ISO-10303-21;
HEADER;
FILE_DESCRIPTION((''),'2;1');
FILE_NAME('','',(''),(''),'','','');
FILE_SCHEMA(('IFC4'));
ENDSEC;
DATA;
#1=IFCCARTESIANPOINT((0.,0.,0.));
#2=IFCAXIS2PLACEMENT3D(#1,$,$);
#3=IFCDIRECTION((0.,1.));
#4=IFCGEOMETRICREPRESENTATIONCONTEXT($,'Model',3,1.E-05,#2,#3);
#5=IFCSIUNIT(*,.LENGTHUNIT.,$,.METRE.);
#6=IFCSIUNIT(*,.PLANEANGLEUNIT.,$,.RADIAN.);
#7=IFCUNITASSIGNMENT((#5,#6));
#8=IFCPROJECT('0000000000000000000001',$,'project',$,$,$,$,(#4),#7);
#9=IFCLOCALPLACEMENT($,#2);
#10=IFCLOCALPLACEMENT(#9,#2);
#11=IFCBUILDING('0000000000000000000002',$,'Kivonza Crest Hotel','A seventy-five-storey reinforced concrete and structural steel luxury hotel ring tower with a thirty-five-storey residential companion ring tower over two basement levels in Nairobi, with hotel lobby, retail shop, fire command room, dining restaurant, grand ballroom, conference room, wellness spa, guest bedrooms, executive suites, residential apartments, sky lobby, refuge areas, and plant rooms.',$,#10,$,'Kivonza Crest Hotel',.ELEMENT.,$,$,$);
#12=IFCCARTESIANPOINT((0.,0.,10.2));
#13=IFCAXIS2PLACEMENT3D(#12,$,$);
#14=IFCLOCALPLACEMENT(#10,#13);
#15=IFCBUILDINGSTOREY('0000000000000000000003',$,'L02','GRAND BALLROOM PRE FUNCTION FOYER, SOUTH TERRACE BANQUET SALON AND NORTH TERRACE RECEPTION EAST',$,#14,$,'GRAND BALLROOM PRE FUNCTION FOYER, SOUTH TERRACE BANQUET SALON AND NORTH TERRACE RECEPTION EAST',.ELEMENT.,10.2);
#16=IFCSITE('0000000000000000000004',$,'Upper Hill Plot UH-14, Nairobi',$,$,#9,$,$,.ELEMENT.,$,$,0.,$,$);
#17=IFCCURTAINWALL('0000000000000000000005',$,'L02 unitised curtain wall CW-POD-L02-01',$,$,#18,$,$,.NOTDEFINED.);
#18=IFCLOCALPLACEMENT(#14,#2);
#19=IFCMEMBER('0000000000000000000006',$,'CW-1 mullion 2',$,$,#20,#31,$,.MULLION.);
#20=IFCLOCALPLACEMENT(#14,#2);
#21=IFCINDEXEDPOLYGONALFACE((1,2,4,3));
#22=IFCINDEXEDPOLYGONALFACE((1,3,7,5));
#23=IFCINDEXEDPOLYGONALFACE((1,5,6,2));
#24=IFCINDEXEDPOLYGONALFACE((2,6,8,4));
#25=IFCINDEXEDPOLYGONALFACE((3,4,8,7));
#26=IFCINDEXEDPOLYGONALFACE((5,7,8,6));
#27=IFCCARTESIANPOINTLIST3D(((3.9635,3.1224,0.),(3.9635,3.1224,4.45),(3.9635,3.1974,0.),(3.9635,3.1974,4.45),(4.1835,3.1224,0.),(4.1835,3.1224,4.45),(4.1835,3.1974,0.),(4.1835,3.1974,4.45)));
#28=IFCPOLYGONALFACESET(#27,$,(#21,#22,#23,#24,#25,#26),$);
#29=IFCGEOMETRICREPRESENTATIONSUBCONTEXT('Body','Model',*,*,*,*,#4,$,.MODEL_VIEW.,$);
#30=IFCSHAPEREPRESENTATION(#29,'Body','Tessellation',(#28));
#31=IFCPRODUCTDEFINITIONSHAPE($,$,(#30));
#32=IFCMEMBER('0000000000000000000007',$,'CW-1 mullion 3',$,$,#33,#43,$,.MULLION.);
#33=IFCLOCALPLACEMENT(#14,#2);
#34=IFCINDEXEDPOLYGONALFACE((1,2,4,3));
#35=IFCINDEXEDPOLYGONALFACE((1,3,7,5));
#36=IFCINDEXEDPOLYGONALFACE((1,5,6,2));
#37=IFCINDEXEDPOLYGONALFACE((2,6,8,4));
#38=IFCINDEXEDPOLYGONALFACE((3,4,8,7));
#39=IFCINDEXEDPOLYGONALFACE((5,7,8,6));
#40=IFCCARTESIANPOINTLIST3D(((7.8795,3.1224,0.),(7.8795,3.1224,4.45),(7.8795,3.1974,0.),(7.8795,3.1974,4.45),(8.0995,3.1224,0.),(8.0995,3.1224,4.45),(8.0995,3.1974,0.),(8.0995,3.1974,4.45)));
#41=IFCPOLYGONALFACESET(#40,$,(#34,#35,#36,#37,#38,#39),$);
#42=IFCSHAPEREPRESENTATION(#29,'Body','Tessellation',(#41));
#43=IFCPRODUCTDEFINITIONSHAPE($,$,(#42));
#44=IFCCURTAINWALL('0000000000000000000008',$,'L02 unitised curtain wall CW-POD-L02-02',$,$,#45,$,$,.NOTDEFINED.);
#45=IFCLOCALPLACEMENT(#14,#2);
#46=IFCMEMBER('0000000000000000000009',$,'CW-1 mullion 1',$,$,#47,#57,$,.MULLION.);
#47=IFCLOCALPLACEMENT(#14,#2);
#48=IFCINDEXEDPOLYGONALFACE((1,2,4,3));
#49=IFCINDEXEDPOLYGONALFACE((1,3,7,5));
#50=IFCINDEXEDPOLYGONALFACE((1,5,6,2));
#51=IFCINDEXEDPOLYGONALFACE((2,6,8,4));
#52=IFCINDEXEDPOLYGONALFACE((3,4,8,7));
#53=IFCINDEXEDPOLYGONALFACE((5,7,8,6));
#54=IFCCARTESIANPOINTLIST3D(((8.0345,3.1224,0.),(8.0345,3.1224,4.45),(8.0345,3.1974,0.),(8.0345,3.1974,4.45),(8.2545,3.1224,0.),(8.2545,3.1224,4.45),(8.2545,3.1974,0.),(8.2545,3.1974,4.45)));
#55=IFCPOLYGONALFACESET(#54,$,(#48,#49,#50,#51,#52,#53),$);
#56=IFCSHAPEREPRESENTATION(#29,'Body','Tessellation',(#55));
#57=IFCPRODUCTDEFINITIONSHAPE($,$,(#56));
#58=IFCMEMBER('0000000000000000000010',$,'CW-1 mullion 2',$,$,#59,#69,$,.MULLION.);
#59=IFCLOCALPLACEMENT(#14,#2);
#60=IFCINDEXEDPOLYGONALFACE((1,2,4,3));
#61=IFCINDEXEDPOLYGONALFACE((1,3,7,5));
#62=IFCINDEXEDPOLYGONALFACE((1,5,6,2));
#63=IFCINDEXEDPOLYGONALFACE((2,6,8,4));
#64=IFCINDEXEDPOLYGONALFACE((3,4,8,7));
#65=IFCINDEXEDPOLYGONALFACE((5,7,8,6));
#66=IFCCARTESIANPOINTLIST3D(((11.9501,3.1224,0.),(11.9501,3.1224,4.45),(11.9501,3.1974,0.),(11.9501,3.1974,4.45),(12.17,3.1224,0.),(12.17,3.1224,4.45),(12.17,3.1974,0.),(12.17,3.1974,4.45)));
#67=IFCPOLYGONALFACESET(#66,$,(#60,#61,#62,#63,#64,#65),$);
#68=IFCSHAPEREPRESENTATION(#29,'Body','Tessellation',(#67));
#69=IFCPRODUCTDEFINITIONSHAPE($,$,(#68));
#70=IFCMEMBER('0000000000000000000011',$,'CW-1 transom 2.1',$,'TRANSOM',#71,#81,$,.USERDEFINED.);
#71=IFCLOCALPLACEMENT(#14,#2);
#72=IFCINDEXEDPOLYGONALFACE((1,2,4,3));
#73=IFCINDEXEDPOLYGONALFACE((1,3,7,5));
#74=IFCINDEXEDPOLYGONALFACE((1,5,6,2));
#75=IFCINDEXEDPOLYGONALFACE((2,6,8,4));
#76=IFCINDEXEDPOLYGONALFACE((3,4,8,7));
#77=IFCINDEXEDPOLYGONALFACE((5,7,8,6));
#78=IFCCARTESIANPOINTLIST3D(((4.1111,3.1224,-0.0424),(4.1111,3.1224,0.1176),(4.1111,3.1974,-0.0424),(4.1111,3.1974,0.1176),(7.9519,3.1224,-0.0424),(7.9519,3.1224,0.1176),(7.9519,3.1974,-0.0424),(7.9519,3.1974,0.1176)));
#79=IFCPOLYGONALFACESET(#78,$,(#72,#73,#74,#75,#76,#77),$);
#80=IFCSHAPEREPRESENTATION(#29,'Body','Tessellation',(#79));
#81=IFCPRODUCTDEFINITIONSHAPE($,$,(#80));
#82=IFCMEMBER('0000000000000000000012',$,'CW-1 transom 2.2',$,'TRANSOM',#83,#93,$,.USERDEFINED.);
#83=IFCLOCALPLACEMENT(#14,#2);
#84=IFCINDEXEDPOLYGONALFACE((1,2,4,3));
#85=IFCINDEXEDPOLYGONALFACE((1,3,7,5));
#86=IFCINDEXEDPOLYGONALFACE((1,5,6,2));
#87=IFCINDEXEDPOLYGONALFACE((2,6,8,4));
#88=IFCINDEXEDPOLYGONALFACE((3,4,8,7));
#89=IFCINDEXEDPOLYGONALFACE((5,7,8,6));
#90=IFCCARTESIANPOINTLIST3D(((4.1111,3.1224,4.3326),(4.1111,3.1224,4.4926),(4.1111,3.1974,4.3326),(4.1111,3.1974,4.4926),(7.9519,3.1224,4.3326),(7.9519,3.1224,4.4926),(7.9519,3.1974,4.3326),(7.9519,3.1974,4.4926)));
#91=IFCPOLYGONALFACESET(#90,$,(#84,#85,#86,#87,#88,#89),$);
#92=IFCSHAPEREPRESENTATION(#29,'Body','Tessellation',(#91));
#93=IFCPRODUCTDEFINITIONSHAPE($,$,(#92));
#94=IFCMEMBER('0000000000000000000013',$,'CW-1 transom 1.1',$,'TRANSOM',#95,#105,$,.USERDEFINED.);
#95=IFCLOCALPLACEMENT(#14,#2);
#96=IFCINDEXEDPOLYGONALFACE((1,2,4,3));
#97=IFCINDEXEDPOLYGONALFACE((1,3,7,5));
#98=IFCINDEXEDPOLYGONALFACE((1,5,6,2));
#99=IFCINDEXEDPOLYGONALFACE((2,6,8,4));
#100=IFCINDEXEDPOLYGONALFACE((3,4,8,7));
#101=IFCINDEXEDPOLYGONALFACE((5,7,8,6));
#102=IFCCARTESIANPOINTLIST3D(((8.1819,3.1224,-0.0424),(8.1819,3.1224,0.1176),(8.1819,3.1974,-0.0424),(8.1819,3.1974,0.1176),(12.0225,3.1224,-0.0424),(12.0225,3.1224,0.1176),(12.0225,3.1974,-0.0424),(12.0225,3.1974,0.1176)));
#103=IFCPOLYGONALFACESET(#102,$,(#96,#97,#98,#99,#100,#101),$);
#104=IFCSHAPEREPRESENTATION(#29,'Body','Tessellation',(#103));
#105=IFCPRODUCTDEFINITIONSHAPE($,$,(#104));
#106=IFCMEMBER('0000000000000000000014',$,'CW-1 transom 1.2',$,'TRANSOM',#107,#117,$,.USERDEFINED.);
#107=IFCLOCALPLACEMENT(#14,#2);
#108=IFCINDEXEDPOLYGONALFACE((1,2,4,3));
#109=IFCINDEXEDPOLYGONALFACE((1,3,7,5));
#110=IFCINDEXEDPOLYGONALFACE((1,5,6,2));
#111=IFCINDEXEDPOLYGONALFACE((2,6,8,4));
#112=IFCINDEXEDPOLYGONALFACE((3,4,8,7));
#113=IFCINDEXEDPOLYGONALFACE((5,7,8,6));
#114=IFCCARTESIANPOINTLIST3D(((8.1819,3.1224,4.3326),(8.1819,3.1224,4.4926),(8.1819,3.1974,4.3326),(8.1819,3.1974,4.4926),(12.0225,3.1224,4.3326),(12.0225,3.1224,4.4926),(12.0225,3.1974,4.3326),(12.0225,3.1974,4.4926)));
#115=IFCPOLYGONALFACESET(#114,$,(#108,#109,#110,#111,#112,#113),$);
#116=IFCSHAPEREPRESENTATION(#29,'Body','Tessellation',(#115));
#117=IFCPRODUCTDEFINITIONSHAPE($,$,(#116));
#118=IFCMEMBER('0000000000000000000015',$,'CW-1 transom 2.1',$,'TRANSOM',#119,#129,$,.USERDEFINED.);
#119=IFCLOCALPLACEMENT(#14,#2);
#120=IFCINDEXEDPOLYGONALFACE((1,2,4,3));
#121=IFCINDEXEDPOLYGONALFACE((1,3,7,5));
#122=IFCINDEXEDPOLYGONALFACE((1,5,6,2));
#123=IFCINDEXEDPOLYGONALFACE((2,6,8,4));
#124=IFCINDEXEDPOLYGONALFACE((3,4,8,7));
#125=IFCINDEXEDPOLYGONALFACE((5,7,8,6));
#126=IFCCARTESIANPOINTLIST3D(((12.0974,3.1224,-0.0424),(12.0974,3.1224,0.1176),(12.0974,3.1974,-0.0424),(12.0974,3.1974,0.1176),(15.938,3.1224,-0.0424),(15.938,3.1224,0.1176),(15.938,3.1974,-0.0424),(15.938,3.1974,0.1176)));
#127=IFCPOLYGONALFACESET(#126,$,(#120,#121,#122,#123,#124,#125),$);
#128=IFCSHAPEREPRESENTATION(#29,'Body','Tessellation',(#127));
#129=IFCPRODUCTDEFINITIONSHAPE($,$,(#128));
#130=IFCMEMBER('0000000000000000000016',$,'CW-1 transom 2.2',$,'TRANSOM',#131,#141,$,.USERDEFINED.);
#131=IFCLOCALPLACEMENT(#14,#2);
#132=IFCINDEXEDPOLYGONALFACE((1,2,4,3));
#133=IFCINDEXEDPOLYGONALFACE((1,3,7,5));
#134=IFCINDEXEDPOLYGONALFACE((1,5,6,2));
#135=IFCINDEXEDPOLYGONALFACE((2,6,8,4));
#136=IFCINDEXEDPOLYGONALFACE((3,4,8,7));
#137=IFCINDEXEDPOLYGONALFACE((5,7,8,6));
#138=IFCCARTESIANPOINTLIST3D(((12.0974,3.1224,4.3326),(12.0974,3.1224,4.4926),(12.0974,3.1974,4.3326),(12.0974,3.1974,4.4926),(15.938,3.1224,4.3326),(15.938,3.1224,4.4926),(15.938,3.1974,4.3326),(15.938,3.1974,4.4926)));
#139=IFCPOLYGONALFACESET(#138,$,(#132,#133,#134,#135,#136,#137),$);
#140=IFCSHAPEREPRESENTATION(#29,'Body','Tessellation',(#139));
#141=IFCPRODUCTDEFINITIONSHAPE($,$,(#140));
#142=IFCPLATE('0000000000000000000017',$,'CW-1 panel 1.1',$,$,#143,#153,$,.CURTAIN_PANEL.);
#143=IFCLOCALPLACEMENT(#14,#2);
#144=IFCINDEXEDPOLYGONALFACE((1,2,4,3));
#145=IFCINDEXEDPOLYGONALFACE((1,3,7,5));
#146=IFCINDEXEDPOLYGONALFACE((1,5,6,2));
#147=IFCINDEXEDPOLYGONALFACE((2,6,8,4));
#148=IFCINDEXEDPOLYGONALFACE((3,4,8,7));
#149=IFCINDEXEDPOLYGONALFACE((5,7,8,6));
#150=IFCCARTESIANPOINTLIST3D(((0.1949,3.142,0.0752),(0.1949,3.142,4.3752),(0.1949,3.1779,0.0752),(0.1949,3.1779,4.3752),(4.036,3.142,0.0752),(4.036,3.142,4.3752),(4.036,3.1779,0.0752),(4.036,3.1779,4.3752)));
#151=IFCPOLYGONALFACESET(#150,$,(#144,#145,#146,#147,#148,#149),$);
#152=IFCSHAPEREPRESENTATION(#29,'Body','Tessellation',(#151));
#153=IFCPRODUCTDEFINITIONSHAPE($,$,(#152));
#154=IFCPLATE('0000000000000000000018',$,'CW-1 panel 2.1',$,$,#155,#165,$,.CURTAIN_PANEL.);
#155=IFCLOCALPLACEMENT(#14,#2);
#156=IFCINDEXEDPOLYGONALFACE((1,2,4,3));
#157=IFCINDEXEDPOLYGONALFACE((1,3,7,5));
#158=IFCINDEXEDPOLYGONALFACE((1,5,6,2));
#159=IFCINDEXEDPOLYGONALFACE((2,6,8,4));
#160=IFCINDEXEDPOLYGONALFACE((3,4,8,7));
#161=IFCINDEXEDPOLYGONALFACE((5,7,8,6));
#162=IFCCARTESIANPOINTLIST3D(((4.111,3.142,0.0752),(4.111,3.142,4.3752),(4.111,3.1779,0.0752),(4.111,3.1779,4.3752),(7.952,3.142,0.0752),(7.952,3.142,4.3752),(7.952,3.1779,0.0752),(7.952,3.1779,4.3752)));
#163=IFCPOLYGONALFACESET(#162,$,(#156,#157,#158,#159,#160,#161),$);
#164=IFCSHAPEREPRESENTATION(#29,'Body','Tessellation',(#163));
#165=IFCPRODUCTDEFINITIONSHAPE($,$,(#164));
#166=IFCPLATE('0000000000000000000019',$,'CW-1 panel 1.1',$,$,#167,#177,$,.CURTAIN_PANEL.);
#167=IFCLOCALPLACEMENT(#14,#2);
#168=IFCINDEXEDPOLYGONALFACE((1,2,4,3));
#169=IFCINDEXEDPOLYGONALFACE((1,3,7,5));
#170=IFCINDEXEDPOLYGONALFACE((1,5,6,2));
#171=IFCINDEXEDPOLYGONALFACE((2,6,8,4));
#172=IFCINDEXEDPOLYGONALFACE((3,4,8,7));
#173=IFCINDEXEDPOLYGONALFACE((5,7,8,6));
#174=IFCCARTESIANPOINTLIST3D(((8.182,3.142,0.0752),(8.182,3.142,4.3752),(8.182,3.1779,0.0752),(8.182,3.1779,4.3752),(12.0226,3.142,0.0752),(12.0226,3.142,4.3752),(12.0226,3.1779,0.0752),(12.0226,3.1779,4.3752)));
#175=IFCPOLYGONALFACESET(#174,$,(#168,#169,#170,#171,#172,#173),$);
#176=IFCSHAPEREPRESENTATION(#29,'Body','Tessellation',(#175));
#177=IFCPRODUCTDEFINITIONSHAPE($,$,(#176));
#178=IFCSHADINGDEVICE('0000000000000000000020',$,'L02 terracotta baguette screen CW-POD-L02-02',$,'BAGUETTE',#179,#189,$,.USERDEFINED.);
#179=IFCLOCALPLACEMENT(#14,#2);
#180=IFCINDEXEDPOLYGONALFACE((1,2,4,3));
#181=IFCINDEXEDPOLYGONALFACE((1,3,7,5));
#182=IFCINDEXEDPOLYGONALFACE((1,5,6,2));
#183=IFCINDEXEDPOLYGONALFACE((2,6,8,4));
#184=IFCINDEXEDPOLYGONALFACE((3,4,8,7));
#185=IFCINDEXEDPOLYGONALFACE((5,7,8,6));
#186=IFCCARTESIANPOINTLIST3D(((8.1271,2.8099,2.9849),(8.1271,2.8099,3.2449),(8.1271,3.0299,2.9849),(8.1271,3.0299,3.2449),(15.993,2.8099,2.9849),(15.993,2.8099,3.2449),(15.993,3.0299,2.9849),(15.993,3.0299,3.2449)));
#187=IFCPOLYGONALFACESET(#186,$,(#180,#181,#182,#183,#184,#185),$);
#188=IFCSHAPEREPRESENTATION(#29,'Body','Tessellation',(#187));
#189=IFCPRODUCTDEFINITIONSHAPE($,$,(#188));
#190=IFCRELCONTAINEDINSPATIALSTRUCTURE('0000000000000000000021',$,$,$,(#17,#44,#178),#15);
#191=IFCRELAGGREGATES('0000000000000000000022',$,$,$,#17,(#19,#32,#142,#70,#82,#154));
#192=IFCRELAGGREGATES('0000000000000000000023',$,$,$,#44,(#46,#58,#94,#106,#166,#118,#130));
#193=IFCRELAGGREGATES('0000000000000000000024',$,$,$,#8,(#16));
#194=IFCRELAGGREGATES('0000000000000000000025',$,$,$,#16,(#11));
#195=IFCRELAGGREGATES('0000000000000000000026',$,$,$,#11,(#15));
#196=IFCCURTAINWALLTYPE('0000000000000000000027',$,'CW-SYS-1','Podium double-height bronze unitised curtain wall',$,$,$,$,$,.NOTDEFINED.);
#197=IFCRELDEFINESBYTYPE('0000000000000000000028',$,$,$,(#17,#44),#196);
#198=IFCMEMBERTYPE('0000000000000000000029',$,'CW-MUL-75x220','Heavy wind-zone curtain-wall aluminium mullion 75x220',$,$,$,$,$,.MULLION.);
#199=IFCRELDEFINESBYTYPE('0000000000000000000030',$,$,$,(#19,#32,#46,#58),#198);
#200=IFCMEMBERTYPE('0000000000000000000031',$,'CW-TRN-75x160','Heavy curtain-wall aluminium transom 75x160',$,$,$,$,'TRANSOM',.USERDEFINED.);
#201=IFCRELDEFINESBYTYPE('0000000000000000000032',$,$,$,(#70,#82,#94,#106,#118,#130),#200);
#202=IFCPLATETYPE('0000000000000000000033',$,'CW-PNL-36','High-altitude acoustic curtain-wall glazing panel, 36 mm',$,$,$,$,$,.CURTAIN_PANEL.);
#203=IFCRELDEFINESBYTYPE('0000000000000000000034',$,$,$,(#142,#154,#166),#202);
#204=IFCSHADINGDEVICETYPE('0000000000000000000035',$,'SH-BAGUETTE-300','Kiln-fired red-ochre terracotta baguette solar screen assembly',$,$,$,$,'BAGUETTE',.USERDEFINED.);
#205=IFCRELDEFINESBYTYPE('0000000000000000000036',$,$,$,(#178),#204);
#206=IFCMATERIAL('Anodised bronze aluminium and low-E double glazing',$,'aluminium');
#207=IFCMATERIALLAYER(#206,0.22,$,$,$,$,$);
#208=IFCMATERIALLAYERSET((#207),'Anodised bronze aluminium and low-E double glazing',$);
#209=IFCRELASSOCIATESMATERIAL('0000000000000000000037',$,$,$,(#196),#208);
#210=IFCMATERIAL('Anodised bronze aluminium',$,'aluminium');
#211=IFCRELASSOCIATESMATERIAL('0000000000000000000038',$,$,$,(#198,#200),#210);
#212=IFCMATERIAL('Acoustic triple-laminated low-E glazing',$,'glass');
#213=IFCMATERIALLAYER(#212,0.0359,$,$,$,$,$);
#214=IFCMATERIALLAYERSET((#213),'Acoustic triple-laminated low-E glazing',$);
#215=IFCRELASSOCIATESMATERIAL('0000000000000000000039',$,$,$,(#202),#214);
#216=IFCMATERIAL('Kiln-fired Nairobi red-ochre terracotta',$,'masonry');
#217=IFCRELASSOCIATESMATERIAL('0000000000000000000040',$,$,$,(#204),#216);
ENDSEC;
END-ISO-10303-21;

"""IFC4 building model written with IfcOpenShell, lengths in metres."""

from ifc_helpers import new_model, si_unit, direction, frame, origin, origin_2d, place, context, subcontext, project, spatial, rectangle, extrude, material, layer, layer_set, material_profile, profile_set, type_object, element, aggregate, save


model = new_model("IFC4")

# Units and contexts
model_context = context("Model", 3, precision=1e-05, world=origin(), true_north=direction((0.0, 1.0)))
body_context = subcontext(model_context, "Body", "Model", "MODEL_VIEW")
ifc_project = project(units=[si_unit("LENGTHUNIT", "METRE"), si_unit("PLANEANGLEUNIT", "RADIAN")], contexts=[model_context])

# Site, building, storey
site_placement = place(None, origin())
site = spatial("IfcSite", under=ifc_project, at=site_placement, Name="Upper Hill Plot UH-14, Nairobi", CompositionType="ELEMENT", RefElevation=0.0)
building_placement = place(site_placement, origin())
building = spatial("IfcBuilding", under=site, at=building_placement, Name="Kivonza Crest Hotel", Description="A seventy-five-storey reinforced concrete and structural steel luxury hotel ring tower with a thirty-five-storey residential companion ring tower over two basement levels in Nairobi, with hotel lobby, retail shop, fire command room, dining restaurant, grand ballroom, conference room, wellness spa, guest bedrooms, executive suites, residential apartments, sky lobby, refuge areas, and plant rooms.", LongName="Kivonza Crest Hotel", CompositionType="ELEMENT")
storey_placement = place(building_placement, frame((0.0, 0.0, 10.2)))
storey = spatial("IfcBuildingStorey", under=building, at=storey_placement, Name="L02", Description="GRAND BALLROOM PRE FUNCTION FOYER, SOUTH TERRACE BANQUET SALON AND NORTH TERRACE RECEPTION EAST", LongName="GRAND BALLROOM PRE FUNCTION FOYER, SOUTH TERRACE BANQUET SALON AND NORTH TERRACE RECEPTION EAST", CompositionType="ELEMENT", Elevation=10.2)

# Curtain walls, members
ifc_material_1 = material(Name="Anodised bronze aluminium and low-E double glazing", Category="aluminium")
ifc_layer_1 = layer(ifc_material_1, 0.22)
ifc_layer_set_1 = layer_set([ifc_layer_1], Name="Anodised bronze aluminium and low-E double glazing")
curtain_wall_type = type_object("IfcCurtainWallType", Name="CW-SYS-1", Description="Podium double-height bronze unitised curtain wall", PredefinedType="NOTDEFINED", material=ifc_layer_set_1)
curtain_wall_1_placement = place(storey_placement, origin())
curtain_wall_1 = element("IfcCurtainWall", 1, at=curtain_wall_1_placement, inside=storey, type_object=curtain_wall_type, Name="L02 unitised curtain wall CW-POD-L02-01", PredefinedType="NOTDEFINED")
ifc_material_2 = material(Name="Anodised bronze aluminium", Category="aluminium")
ifc_material_profile_1 = material_profile(ifc_material_2, rectangle(XDim=0.075, YDim=0.22, at=origin_2d()), Name="CW-M 75x220")
ifc_profile_set_1 = profile_set([ifc_material_profile_1], Name="Anodised bronze aluminium")
member_type_1 = type_object("IfcMemberType", Name="CW-MUL-75x220", Description="Heavy wind-zone curtain-wall aluminium mullion 75x220", PredefinedType="MULLION", material=ifc_profile_set_1)
member_1_placement = place(storey_placement, frame((4.0735, 3.1599, 0.0), z_axis=(0.0, 0.0, 1.0), x_axis=(0.0, 1.0, 0.0)))
member_1 = element("IfcMember", 2, at=member_1_placement, type_object=member_type_1, Name="CW-1 mullion 2", PredefinedType="MULLION", context=body_context, shape_type="SweptSolid", body=[
    extrude(rectangle(XDim=0.075, YDim=0.22, at=origin_2d()), origin(), (0.0, 0.0, 1.0), 4.45),
])
member_2_placement = place(storey_placement, frame((7.9895, 3.1599, 0.0), z_axis=(0.0, 0.0, 1.0), x_axis=(0.0, 1.0, 0.0)))
member_2 = element("IfcMember", 3, at=member_2_placement, type_object=member_type_1, Name="CW-1 mullion 3", PredefinedType="MULLION", context=body_context, shape_type="SweptSolid", body=[
    extrude(rectangle(XDim=0.075, YDim=0.22, at=origin_2d()), origin(), (0.0, 0.0, 1.0), 4.45),
])
curtain_wall_2_placement = place(storey_placement, origin())
curtain_wall_2 = element("IfcCurtainWall", 4, at=curtain_wall_2_placement, inside=storey, type_object=curtain_wall_type, Name="L02 unitised curtain wall CW-POD-L02-02", PredefinedType="NOTDEFINED")
member_3_placement = place(storey_placement, frame((8.1445, 3.1599, 0.0), z_axis=(0.0, 0.0, 1.0), x_axis=(0.0, 1.0, 0.0)))
member_3 = element("IfcMember", 5, at=member_3_placement, type_object=member_type_1, Name="CW-1 mullion 1", PredefinedType="MULLION", context=body_context, shape_type="SweptSolid", body=[
    extrude(rectangle(XDim=0.075, YDim=0.22, at=origin_2d()), origin(), (0.0, 0.0, 1.0), 4.45),
])
member_4_placement = place(storey_placement, frame((12.0601, 3.1599, 0.0), z_axis=(0.0, 0.0, 1.0), x_axis=(0.0, 1.0, 0.0)))
member_4 = element("IfcMember", 6, at=member_4_placement, type_object=member_type_1, Name="CW-1 mullion 2", PredefinedType="MULLION", context=body_context, shape_type="SweptSolid", body=[
    extrude(rectangle(XDim=0.075, YDim=0.22, at=origin_2d()), origin(), (0.0, 0.0, 1.0), 4.45),
])

# Members
ifc_material_profile_2 = material_profile(ifc_material_2, rectangle(XDim=0.075, YDim=0.1599, at=origin_2d()), Name="CW-T 75x160")
ifc_profile_set_2 = profile_set([ifc_material_profile_2], Name="Anodised bronze aluminium")
member_type_2 = type_object("IfcMemberType", Name="CW-TRN-75x160", Description="Heavy curtain-wall aluminium transom 75x160", ElementType="TRANSOM", PredefinedType="USERDEFINED", material=ifc_profile_set_2)
member_5_placement = place(storey_placement, frame((4.1111, 3.1599, 0.0376), z_axis=(1.0, 0.0, 0.0), x_axis=(0.0, 1.0, 0.0)))
member_5 = element("IfcMember", 7, at=member_5_placement, type_object=member_type_2, Name="CW-1 transom 2.1", ObjectType="TRANSOM", PredefinedType="USERDEFINED", context=body_context, shape_type="SweptSolid", body=[
    extrude(rectangle(XDim=0.075, YDim=0.1599, at=origin_2d()), origin(), (0.0, 0.0, 1.0), 3.8408),
])
member_6_placement = place(storey_placement, frame((4.1111, 3.1599, 4.4126), z_axis=(1.0, 0.0, 0.0), x_axis=(0.0, 1.0, 0.0)))
member_6 = element("IfcMember", 8, at=member_6_placement, type_object=member_type_2, Name="CW-1 transom 2.2", ObjectType="TRANSOM", PredefinedType="USERDEFINED", context=body_context, shape_type="SweptSolid", body=[
    extrude(rectangle(XDim=0.075, YDim=0.1599, at=origin_2d()), origin(), (0.0, 0.0, 1.0), 3.8408),
])
member_7_placement = place(storey_placement, frame((8.1819, 3.1599, 0.0376), z_axis=(1.0, 0.0, 0.0), x_axis=(0.0, 1.0, 0.0)))
member_7 = element("IfcMember", 9, at=member_7_placement, type_object=member_type_2, Name="CW-1 transom 1.1", ObjectType="TRANSOM", PredefinedType="USERDEFINED", context=body_context, shape_type="SweptSolid", body=[
    extrude(rectangle(XDim=0.075, YDim=0.1599, at=origin_2d()), origin(), (0.0, 0.0, 1.0), 3.8406),
])
member_8_placement = place(storey_placement, frame((8.1819, 3.1599, 4.4126), z_axis=(1.0, 0.0, 0.0), x_axis=(0.0, 1.0, 0.0)))
member_8 = element("IfcMember", 10, at=member_8_placement, type_object=member_type_2, Name="CW-1 transom 1.2", ObjectType="TRANSOM", PredefinedType="USERDEFINED", context=body_context, shape_type="SweptSolid", body=[
    extrude(rectangle(XDim=0.075, YDim=0.1599, at=origin_2d()), origin(), (0.0, 0.0, 1.0), 3.8406),
])
member_9_placement = place(storey_placement, frame((12.0974, 3.1599, 0.0376), z_axis=(1.0, 0.0, 0.0), x_axis=(0.0, 1.0, 0.0)))
member_9 = element("IfcMember", 11, at=member_9_placement, type_object=member_type_2, Name="CW-1 transom 2.1", ObjectType="TRANSOM", PredefinedType="USERDEFINED", context=body_context, shape_type="SweptSolid", body=[
    extrude(rectangle(XDim=0.075, YDim=0.1599, at=origin_2d()), origin(), (0.0, 0.0, 1.0), 3.8406),
])
member_10_placement = place(storey_placement, frame((12.0974, 3.1599, 4.4126), z_axis=(1.0, 0.0, 0.0), x_axis=(0.0, 1.0, 0.0)))
member_10 = element("IfcMember", 12, at=member_10_placement, type_object=member_type_2, Name="CW-1 transom 2.2", ObjectType="TRANSOM", PredefinedType="USERDEFINED", context=body_context, shape_type="SweptSolid", body=[
    extrude(rectangle(XDim=0.075, YDim=0.1599, at=origin_2d()), origin(), (0.0, 0.0, 1.0), 3.8406),
])

# Plates
ifc_material_3 = material(Name="Acoustic triple-laminated low-E glazing", Category="glass")
ifc_layer_2 = layer(ifc_material_3, 0.0359)
ifc_layer_set_2 = layer_set([ifc_layer_2], Name="Acoustic triple-laminated low-E glazing")
plate_type = type_object("IfcPlateType", Name="CW-PNL-36", Description="High-altitude acoustic curtain-wall glazing panel, 36 mm", PredefinedType="CURTAIN_PANEL", material=ifc_layer_set_2)
plate_1_placement = place(storey_placement, frame((2.1155, 3.1599, 0.0752), z_axis=(0.0, 0.0, 1.0), x_axis=(1.0, 0.0, 0.0)))
plate_1 = element("IfcPlate", 13, at=plate_1_placement, type_object=plate_type, Name="CW-1 panel 1.1", PredefinedType="CURTAIN_PANEL", context=body_context, shape_type="SweptSolid", body=[
    extrude(rectangle(XDim=3.8411, YDim=0.0359, at=origin_2d()), origin(), (0.0, 0.0, 1.0), 4.3),
])
plate_2_placement = place(storey_placement, frame((6.0315, 3.1599, 0.0752), z_axis=(0.0, 0.0, 1.0), x_axis=(1.0, 0.0, 0.0)))
plate_2 = element("IfcPlate", 14, at=plate_2_placement, type_object=plate_type, Name="CW-1 panel 2.1", PredefinedType="CURTAIN_PANEL", context=body_context, shape_type="SweptSolid", body=[
    extrude(rectangle(XDim=3.8411, YDim=0.0359, at=origin_2d()), origin(), (0.0, 0.0, 1.0), 4.3),
])
aggregate(curtain_wall_1, [member_1, member_2, plate_1, member_5, member_6, plate_2])
plate_3_placement = place(storey_placement, frame((10.1023, 3.1599, 0.0752), z_axis=(0.0, 0.0, 1.0), x_axis=(1.0, 0.0, 0.0)))
plate_3 = element("IfcPlate", 15, at=plate_3_placement, type_object=plate_type, Name="CW-1 panel 1.1", PredefinedType="CURTAIN_PANEL", context=body_context, shape_type="SweptSolid", body=[
    extrude(rectangle(XDim=3.8406, YDim=0.0359, at=origin_2d()), origin(), (0.0, 0.0, 1.0), 4.3),
])
aggregate(curtain_wall_2, [member_3, member_4, member_7, member_8, plate_3, member_9, member_10])

# Shading device
ifc_material_4 = material(Name="Kiln-fired Nairobi red-ochre terracotta", Category="masonry")
shading_device_type_1 = type_object("IfcShadingDeviceType", Name="SH-BAGUETTE-300", Description="Kiln-fired red-ochre terracotta baguette solar screen assembly", ElementType="BAGUETTE", PredefinedType="USERDEFINED", material=ifc_material_4)
shading_device_1_placement = place(storey_placement, frame((12.0601, 2.9199, 2.9849), z_axis=(0.0, 0.0, 1.0), x_axis=(1.0, 0.0, 0.0)))
element("IfcShadingDevice", 16, at=shading_device_1_placement, inside=storey, type_object=shading_device_type_1, Name="L02 terracotta baguette screen CW-POD-L02-02", ObjectType="BAGUETTE", PredefinedType="USERDEFINED", context=body_context, shape_type="SweptSolid", body=[
    extrude(rectangle(XDim=7.866, YDim=0.22, at=origin_2d()), origin(), (0.0, 0.0, 1.0), 0.26),
])

save(model, "model.ifc")
